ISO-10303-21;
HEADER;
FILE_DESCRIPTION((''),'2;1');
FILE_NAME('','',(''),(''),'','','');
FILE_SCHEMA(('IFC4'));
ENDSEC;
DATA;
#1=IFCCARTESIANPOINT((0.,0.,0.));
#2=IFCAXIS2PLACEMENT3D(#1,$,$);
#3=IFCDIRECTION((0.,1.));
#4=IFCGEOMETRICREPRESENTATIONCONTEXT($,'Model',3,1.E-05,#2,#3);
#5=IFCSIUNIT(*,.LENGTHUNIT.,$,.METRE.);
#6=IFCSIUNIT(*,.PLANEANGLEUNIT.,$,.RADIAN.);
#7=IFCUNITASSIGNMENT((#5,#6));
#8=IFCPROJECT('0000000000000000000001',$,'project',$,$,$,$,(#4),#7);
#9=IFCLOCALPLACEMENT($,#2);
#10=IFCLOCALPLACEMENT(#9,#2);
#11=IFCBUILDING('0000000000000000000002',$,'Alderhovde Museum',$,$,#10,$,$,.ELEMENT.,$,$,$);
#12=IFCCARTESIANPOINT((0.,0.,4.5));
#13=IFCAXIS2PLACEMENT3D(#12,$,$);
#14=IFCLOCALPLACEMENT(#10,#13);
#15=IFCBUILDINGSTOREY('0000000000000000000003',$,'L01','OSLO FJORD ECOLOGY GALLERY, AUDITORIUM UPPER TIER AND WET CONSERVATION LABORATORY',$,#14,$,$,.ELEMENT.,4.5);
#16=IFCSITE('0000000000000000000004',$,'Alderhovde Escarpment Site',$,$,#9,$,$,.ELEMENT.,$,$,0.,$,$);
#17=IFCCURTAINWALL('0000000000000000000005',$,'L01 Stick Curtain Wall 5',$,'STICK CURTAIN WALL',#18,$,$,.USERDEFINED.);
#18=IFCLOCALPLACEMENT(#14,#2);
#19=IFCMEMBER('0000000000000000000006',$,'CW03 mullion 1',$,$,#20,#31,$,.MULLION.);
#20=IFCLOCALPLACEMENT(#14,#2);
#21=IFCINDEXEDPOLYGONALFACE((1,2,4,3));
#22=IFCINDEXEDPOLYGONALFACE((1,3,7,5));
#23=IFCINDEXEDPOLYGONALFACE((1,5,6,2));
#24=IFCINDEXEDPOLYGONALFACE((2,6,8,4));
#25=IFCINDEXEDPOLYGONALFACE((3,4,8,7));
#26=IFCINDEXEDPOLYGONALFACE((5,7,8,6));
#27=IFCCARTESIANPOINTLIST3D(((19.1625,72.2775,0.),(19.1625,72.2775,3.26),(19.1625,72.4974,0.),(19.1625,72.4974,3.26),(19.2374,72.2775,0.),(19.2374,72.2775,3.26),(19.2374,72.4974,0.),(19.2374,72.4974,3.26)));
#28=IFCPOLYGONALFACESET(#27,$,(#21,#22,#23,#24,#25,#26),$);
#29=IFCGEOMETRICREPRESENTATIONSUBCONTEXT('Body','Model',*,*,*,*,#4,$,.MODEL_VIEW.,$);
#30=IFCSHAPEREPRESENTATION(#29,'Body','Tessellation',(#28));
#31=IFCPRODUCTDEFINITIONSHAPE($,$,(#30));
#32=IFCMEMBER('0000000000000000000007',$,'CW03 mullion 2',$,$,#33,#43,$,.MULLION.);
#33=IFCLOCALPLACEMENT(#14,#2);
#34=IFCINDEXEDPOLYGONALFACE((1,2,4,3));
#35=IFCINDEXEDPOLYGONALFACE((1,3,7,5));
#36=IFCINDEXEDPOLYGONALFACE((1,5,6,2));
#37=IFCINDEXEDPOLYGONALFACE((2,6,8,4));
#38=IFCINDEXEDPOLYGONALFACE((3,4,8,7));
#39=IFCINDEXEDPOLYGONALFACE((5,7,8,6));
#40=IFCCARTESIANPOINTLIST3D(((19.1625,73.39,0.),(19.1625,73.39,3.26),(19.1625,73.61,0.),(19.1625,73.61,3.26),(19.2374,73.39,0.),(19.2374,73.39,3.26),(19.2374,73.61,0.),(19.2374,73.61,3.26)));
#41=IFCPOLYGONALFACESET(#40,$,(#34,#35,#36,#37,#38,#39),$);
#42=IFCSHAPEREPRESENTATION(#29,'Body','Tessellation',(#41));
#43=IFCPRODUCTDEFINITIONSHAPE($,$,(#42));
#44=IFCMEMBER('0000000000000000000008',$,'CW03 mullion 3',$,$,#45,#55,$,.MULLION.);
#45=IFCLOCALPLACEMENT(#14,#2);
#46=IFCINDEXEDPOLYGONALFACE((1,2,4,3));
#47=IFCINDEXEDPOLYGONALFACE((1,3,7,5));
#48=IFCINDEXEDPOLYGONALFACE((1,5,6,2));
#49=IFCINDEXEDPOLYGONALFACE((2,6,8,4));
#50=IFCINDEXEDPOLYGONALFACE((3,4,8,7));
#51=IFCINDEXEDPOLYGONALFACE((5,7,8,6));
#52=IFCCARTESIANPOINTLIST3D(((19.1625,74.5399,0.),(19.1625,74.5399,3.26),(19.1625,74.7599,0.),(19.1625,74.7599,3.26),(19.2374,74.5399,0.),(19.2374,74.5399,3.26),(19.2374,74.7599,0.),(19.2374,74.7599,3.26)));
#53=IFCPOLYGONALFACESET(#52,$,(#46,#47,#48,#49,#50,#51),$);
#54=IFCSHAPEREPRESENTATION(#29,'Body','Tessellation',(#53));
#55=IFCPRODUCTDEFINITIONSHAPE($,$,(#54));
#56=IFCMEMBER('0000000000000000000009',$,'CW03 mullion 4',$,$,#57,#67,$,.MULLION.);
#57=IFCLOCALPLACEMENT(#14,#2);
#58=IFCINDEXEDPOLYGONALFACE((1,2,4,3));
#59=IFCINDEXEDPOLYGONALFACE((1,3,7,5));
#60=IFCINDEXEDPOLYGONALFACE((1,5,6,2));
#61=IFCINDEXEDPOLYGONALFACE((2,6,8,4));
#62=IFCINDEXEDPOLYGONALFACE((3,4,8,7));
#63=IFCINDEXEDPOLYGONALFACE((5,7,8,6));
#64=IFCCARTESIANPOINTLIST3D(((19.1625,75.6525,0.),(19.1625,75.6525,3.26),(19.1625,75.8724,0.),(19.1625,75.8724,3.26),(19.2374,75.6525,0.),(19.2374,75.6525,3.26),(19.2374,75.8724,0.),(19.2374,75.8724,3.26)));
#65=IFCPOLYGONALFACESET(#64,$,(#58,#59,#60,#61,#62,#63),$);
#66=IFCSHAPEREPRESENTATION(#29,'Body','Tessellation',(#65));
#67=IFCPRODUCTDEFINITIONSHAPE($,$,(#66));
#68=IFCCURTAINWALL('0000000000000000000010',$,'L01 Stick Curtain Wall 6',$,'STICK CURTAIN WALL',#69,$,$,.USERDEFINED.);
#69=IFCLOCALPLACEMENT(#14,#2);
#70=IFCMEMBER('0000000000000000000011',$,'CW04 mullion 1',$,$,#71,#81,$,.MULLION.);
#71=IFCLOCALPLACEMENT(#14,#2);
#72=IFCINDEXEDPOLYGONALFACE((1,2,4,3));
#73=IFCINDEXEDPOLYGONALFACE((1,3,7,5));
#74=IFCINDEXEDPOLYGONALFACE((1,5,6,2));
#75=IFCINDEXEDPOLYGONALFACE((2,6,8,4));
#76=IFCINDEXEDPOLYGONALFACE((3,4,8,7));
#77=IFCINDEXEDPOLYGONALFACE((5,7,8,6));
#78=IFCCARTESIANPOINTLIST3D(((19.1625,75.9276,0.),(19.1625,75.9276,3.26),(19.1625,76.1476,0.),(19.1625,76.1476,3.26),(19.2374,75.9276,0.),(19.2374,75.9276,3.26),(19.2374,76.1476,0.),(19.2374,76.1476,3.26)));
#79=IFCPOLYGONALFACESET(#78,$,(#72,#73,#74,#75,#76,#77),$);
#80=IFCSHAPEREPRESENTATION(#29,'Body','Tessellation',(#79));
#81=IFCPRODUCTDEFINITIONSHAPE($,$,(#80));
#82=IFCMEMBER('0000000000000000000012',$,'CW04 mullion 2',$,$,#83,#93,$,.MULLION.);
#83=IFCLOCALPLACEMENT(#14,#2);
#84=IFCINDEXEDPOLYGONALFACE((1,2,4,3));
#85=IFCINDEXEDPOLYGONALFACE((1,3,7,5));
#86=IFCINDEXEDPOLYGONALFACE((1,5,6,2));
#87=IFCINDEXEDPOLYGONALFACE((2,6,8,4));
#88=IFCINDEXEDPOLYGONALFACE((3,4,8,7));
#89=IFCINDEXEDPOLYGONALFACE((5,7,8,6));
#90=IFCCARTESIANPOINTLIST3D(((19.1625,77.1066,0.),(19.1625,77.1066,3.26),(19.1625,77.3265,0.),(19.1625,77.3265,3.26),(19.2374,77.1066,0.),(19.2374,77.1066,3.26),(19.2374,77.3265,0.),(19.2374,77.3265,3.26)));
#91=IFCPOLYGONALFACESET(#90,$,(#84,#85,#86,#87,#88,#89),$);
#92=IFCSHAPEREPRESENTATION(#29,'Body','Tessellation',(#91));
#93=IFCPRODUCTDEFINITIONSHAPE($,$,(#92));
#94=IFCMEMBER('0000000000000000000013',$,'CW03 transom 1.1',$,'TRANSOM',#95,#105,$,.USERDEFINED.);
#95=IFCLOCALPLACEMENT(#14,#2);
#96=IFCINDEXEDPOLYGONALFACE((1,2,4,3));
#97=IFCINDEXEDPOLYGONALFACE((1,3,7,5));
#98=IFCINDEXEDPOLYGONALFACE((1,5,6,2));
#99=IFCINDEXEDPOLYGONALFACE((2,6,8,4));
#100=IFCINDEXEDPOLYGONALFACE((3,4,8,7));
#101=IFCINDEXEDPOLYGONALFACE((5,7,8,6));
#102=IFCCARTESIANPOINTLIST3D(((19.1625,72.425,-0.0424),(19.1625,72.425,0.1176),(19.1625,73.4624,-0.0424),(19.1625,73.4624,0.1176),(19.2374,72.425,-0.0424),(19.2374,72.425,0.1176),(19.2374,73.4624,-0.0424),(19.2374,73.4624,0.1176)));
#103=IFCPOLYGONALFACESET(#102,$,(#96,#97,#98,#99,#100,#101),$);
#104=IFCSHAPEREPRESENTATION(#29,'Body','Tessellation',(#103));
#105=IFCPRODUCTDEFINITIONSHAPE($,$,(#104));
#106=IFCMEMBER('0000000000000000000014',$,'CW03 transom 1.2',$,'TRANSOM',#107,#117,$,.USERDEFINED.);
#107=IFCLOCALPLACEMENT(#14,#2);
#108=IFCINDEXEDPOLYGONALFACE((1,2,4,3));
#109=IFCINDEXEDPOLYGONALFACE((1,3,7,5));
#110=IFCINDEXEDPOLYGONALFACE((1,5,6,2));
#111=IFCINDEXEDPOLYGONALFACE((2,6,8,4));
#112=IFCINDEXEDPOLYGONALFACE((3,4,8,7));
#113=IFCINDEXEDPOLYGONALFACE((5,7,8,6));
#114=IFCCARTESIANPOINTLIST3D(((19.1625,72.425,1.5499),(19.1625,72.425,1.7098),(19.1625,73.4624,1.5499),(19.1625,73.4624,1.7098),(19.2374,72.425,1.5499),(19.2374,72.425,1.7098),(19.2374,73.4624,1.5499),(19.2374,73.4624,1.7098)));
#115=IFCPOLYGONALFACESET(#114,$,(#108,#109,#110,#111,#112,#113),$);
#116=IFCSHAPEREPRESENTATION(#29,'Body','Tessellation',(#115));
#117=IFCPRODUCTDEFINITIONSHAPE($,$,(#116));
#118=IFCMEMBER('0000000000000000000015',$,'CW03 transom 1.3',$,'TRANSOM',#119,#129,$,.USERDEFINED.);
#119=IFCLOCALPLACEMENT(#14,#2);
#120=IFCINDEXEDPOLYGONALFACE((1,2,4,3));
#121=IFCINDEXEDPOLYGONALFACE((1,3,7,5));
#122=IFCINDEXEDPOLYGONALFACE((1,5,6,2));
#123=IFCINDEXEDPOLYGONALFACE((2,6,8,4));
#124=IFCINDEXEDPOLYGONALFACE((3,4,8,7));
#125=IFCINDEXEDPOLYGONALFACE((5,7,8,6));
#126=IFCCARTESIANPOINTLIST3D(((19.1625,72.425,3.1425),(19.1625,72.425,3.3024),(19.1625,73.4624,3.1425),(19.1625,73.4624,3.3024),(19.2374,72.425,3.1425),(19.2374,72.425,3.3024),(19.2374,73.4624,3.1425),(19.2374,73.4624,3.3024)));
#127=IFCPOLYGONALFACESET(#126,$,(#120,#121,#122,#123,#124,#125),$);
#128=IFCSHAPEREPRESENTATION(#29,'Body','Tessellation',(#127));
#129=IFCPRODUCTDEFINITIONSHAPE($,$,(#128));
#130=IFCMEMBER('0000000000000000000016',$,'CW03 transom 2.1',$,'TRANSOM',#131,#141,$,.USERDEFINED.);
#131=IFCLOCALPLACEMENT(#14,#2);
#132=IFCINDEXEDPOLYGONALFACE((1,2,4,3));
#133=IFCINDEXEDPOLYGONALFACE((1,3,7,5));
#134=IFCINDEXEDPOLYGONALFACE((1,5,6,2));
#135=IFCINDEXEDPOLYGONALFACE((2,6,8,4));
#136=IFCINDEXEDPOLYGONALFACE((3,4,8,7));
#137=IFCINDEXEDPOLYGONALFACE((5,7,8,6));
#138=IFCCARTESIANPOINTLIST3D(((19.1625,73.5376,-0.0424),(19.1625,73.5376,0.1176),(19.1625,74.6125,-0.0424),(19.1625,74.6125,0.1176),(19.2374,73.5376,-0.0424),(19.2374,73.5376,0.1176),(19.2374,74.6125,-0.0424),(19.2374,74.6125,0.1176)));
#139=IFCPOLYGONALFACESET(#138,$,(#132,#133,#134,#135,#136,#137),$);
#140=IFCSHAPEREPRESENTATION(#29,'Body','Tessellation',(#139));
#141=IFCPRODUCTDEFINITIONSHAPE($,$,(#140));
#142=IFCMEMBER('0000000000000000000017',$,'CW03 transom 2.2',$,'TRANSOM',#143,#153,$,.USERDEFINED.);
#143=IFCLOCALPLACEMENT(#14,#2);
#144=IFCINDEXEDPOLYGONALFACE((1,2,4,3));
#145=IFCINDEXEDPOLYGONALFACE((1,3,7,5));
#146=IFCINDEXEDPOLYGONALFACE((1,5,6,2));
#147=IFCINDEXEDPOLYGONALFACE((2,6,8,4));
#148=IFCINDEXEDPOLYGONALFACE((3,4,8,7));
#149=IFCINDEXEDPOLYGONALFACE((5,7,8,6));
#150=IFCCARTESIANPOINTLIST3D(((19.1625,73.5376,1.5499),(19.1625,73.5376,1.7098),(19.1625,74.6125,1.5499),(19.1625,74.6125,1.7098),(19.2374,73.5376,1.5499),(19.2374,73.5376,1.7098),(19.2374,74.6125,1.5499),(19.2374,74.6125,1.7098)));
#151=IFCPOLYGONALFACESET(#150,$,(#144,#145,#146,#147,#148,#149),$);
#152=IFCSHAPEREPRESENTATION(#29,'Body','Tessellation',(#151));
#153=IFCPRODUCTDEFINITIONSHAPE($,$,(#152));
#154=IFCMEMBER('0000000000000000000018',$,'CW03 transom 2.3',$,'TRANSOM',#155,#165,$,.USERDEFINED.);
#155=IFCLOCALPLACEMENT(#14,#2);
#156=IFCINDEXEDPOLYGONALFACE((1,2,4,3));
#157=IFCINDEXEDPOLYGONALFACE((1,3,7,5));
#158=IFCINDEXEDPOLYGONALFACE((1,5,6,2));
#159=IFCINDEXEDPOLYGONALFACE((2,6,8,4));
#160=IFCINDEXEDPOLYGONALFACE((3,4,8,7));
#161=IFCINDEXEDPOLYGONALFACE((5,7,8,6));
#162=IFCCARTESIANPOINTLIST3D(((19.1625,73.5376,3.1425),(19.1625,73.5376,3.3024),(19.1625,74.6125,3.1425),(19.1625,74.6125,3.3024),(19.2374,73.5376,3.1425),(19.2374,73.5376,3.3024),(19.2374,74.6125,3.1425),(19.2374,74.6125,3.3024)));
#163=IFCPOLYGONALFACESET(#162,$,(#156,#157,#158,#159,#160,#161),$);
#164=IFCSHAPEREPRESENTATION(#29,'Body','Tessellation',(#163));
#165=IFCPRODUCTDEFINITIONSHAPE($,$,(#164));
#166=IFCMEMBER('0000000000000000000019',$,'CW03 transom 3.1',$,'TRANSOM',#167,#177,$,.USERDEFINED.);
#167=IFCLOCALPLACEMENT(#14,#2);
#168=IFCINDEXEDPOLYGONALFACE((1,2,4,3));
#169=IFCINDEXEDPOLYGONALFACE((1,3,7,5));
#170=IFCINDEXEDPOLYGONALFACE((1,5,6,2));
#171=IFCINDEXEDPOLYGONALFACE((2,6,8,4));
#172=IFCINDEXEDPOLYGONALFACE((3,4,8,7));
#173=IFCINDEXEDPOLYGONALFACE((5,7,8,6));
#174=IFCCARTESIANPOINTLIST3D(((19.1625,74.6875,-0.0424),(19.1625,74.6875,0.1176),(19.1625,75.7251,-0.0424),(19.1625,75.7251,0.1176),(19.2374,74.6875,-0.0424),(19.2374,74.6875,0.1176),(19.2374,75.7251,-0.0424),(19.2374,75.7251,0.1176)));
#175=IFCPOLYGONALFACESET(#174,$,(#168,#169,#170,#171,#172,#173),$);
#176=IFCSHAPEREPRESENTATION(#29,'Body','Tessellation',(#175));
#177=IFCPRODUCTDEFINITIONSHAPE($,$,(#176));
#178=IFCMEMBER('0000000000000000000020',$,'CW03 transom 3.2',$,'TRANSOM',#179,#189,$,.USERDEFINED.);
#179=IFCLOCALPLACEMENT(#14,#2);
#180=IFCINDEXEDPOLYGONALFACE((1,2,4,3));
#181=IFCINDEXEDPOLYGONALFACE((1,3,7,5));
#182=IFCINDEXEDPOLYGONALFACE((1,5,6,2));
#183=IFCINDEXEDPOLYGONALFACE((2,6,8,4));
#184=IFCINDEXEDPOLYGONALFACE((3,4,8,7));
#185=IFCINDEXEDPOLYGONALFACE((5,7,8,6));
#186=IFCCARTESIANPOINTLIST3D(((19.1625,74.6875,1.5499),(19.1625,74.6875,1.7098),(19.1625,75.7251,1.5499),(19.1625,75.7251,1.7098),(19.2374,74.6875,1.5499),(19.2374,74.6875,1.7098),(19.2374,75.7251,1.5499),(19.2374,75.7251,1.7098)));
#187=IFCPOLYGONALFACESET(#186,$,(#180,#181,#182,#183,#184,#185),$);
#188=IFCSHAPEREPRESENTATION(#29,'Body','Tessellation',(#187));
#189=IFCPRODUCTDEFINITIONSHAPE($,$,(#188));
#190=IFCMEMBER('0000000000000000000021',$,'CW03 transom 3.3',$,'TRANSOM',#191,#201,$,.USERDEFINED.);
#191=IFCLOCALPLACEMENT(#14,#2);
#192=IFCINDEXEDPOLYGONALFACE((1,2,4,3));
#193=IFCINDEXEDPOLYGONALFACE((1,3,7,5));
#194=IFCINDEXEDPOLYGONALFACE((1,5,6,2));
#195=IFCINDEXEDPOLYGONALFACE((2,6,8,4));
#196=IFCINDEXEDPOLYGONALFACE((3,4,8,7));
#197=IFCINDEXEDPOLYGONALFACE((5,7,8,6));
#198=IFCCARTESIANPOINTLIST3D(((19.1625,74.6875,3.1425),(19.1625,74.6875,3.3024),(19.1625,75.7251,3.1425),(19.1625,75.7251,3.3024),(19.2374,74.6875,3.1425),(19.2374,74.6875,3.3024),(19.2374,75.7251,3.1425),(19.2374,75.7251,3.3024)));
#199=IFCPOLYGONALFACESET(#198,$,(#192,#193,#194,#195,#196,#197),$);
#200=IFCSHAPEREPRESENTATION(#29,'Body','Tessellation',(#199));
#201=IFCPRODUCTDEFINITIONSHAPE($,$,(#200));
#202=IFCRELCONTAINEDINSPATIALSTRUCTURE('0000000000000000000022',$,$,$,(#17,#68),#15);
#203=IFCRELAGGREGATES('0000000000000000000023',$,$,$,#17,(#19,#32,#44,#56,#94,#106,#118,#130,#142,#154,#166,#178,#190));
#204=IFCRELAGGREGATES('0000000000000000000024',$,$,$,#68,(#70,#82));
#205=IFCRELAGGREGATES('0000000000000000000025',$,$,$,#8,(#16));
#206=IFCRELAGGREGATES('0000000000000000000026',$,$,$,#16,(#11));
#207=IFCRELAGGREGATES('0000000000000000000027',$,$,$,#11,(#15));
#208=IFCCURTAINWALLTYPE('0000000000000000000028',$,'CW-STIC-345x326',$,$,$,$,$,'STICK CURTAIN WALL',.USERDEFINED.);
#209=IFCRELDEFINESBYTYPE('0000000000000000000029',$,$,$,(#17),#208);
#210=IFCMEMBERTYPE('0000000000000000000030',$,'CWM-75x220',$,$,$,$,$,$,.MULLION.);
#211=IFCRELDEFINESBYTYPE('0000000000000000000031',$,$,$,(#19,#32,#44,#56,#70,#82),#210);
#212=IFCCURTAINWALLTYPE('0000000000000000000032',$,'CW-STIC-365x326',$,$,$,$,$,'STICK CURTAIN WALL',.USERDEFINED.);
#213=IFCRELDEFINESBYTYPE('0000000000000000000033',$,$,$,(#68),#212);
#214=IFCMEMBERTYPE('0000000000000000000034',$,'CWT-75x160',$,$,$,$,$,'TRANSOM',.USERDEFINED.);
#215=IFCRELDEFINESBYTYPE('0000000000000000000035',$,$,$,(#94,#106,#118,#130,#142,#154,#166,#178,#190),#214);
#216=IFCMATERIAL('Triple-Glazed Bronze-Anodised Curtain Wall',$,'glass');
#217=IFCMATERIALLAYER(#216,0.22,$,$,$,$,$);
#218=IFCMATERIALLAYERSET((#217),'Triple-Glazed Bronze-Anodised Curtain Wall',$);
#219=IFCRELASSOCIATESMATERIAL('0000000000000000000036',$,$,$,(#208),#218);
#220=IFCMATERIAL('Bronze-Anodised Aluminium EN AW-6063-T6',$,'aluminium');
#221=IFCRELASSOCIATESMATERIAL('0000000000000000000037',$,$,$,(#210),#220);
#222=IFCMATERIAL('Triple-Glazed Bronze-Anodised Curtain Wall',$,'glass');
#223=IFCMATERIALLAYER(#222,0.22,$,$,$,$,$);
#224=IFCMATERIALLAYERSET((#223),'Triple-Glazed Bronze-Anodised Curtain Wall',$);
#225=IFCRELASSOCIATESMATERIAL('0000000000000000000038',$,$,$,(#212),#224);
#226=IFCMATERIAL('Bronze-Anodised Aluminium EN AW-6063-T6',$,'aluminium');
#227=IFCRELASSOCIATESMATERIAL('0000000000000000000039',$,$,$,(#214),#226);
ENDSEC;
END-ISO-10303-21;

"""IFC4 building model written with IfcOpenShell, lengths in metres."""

from ifc_helpers import new_model, si_unit, direction, frame, origin, origin_2d, place, context, subcontext, project, spatial, rectangle, extrude, material, layer, layer_set, material_profile, profile_set, type_object, element, aggregate, save


model = new_model("IFC4")

# Units and contexts
model_context = context("Model", 3, precision=1e-05, world=origin(), true_north=direction((0.0, 1.0)))
body_context = subcontext(model_context, "Body", "Model", "MODEL_VIEW")
ifc_project = project(units=[si_unit("LENGTHUNIT", "METRE"), si_unit("PLANEANGLEUNIT", "RADIAN")], contexts=[model_context])

# Site, building, storey
site_placement = place(None, origin())
site = spatial("IfcSite", under=ifc_project, at=site_placement, Name="Alderhovde Escarpment Site", CompositionType="ELEMENT", RefElevation=0.0)
building_placement = place(site_placement, origin())
building = spatial("IfcBuilding", under=site, at=building_placement, Name="Alderhovde Museum", CompositionType="ELEMENT")
storey_placement = place(building_placement, frame((0.0, 0.0, 4.5)))
storey = spatial("IfcBuildingStorey", under=building, at=storey_placement, Name="L01", Description="OSLO FJORD ECOLOGY GALLERY, AUDITORIUM UPPER TIER AND WET CONSERVATION LABORATORY", CompositionType="ELEMENT", Elevation=4.5)

# Curtain walls, members
ifc_material_1 = material(Name="Triple-Glazed Bronze-Anodised Curtain Wall", Category="glass")
ifc_layer_1 = layer(ifc_material_1, 0.22)
ifc_layer_set_1 = layer_set([ifc_layer_1], Name="Triple-Glazed Bronze-Anodised Curtain Wall")
curtain_wall_type_1 = type_object("IfcCurtainWallType", Name="CW-STIC-345x326", ElementType="STICK CURTAIN WALL", PredefinedType="USERDEFINED", material=ifc_layer_set_1)
curtain_wall_1_placement = place(storey_placement, origin())
curtain_wall_1 = element("IfcCurtainWall", 1, at=curtain_wall_1_placement, inside=storey, type_object=curtain_wall_type_1, Name="L01 Stick Curtain Wall 5", ObjectType="STICK CURTAIN WALL", PredefinedType="USERDEFINED")
ifc_material_2 = material(Name="Bronze-Anodised Aluminium EN AW-6063-T6", Category="aluminium")
ifc_material_profile_1 = material_profile(ifc_material_2, rectangle(XDim=0.075, YDim=0.22, at=origin_2d()), Name="MULLION 75x220")
ifc_profile_set_1 = profile_set([ifc_material_profile_1], Name="Bronze-Anodised Aluminium EN AW-6063-T6")
member_type_1 = type_object("IfcMemberType", Name="CWM-75x220", PredefinedType="MULLION", material=ifc_profile_set_1)
member_1_placement = place(storey_placement, frame((19.2, 72.3875, 0.0), z_axis=(0.0, 0.0, 1.0), x_axis=(-1.0, 0.0, 0.0)))
member_1 = element("IfcMember", 2, at=member_1_placement, type_object=member_type_1, Name="CW03 mullion 1", PredefinedType="MULLION", context=body_context, shape_type="SweptSolid", body=[
    extrude(rectangle(XDim=0.075, YDim=0.22, at=origin_2d()), origin(), (0.0, 0.0, 1.0), 3.26),
])
member_2_placement = place(storey_placement, frame((19.2, 73.5, 0.0), z_axis=(0.0, 0.0, 1.0), x_axis=(-1.0, 0.0, 0.0)))
member_2 = element("IfcMember", 3, at=member_2_placement, type_object=member_type_1, Name="CW03 mullion 2", PredefinedType="MULLION", context=body_context, shape_type="SweptSolid", body=[
    extrude(rectangle(XDim=0.075, YDim=0.22, at=origin_2d()), origin(), (0.0, 0.0, 1.0), 3.26),
])
member_3_placement = place(storey_placement, frame((19.2, 74.6499, 0.0), z_axis=(0.0, 0.0, 1.0), x_axis=(-1.0, 0.0, 0.0)))
member_3 = element("IfcMember", 4, at=member_3_placement, type_object=member_type_1, Name="CW03 mullion 3", PredefinedType="MULLION", context=body_context, shape_type="SweptSolid", body=[
    extrude(rectangle(XDim=0.075, YDim=0.22, at=origin_2d()), origin(), (0.0, 0.0, 1.0), 3.26),
])
member_4_placement = place(storey_placement, frame((19.2, 75.7625, 0.0), z_axis=(0.0, 0.0, 1.0), x_axis=(-1.0, 0.0, 0.0)))
member_4 = element("IfcMember", 5, at=member_4_placement, type_object=member_type_1, Name="CW03 mullion 4", PredefinedType="MULLION", context=body_context, shape_type="SweptSolid", body=[
    extrude(rectangle(XDim=0.075, YDim=0.22, at=origin_2d()), origin(), (0.0, 0.0, 1.0), 3.26),
])
ifc_material_3 = material(Name="Triple-Glazed Bronze-Anodised Curtain Wall", Category="glass")
ifc_layer_2 = layer(ifc_material_3, 0.22)
ifc_layer_set_2 = layer_set([ifc_layer_2], Name="Triple-Glazed Bronze-Anodised Curtain Wall")
curtain_wall_type_2 = type_object("IfcCurtainWallType", Name="CW-STIC-365x326", ElementType="STICK CURTAIN WALL", PredefinedType="USERDEFINED", material=ifc_layer_set_2)
curtain_wall_2_placement = place(storey_placement, origin())
curtain_wall_2 = element("IfcCurtainWall", 6, at=curtain_wall_2_placement, inside=storey, type_object=curtain_wall_type_2, Name="L01 Stick Curtain Wall 6", ObjectType="STICK CURTAIN WALL", PredefinedType="USERDEFINED")
member_5_placement = place(storey_placement, frame((19.2, 76.0376, 0.0), z_axis=(0.0, 0.0, 1.0), x_axis=(-1.0, 0.0, 0.0)))
member_5 = element("IfcMember", 7, at=member_5_placement, type_object=member_type_1, Name="CW04 mullion 1", PredefinedType="MULLION", context=body_context, shape_type="SweptSolid", body=[
    extrude(rectangle(XDim=0.075, YDim=0.22, at=origin_2d()), origin(), (0.0, 0.0, 1.0), 3.26),
])
member_6_placement = place(storey_placement, frame((19.2, 77.2166, 0.0), z_axis=(0.0, 0.0, 1.0), x_axis=(-1.0, 0.0, 0.0)))
member_6 = element("IfcMember", 8, at=member_6_placement, type_object=member_type_1, Name="CW04 mullion 2", PredefinedType="MULLION", context=body_context, shape_type="SweptSolid", body=[
    extrude(rectangle(XDim=0.075, YDim=0.22, at=origin_2d()), origin(), (0.0, 0.0, 1.0), 3.26),
])

# Members
ifc_material_4 = material(Name="Bronze-Anodised Aluminium EN AW-6063-T6", Category="aluminium")
ifc_material_profile_2 = material_profile(ifc_material_4, rectangle(XDim=0.075, YDim=0.1599, at=origin_2d()), Name="TRANSOM 75x160")
ifc_profile_set_2 = profile_set([ifc_material_profile_2], Name="Bronze-Anodised Aluminium EN AW-6063-T6")
member_type_2 = type_object("IfcMemberType", Name="CWT-75x160", ElementType="TRANSOM", PredefinedType="USERDEFINED", material=ifc_profile_set_2)
member_7_placement = place(storey_placement, frame((19.2, 72.425, 0.0376), z_axis=(0.0, 1.0, 0.0), x_axis=(-1.0, 0.0, 0.0)))
member_7 = element("IfcMember", 9, at=member_7_placement, type_object=member_type_2, Name="CW03 transom 1.1", ObjectType="TRANSOM", PredefinedType="USERDEFINED", context=body_context, shape_type="SweptSolid", body=[
    extrude(rectangle(XDim=0.075, YDim=0.1599, at=origin_2d()), origin(), (0.0, 0.0, 1.0), 1.0374),
])
member_8_placement = place(storey_placement, frame((19.2, 72.425, 1.6299), z_axis=(0.0, 1.0, 0.0), x_axis=(-1.0, 0.0, 0.0)))
member_8 = element("IfcMember", 10, at=member_8_placement, type_object=member_type_2, Name="CW03 transom 1.2", ObjectType="TRANSOM", PredefinedType="USERDEFINED", context=body_context, shape_type="SweptSolid", body=[
    extrude(rectangle(XDim=0.075, YDim=0.1599, at=origin_2d()), origin(), (0.0, 0.0, 1.0), 1.0374),
])
member_9_placement = place(storey_placement, frame((19.2, 72.425, 3.2224), z_axis=(0.0, 1.0, 0.0), x_axis=(-1.0, 0.0, 0.0)))
member_9 = element("IfcMember", 11, at=member_9_placement, type_object=member_type_2, Name="CW03 transom 1.3", ObjectType="TRANSOM", PredefinedType="USERDEFINED", context=body_context, shape_type="SweptSolid", body=[
    extrude(rectangle(XDim=0.075, YDim=0.1599, at=origin_2d()), origin(), (0.0, 0.0, 1.0), 1.0374),
])
member_10_placement = place(storey_placement, frame((19.2, 73.5376, 0.0376), z_axis=(0.0, 1.0, 0.0), x_axis=(-1.0, 0.0, 0.0)))
member_10 = element("IfcMember", 12, at=member_10_placement, type_object=member_type_2, Name="CW03 transom 2.1", ObjectType="TRANSOM", PredefinedType="USERDEFINED", context=body_context, shape_type="SweptSolid", body=[
    extrude(rectangle(XDim=0.075, YDim=0.1599, at=origin_2d()), origin(), (0.0, 0.0, 1.0), 1.075),
])
member_11_placement = place(storey_placement, frame((19.2, 73.5376, 1.6299), z_axis=(0.0, 1.0, 0.0), x_axis=(-1.0, 0.0, 0.0)))
member_11 = element("IfcMember", 13, at=member_11_placement, type_object=member_type_2, Name="CW03 transom 2.2", ObjectType="TRANSOM", PredefinedType="USERDEFINED", context=body_context, shape_type="SweptSolid", body=[
    extrude(rectangle(XDim=0.075, YDim=0.1599, at=origin_2d()), origin(), (0.0, 0.0, 1.0), 1.075),
])
member_12_placement = place(storey_placement, frame((19.2, 73.5376, 3.2224), z_axis=(0.0, 1.0, 0.0), x_axis=(-1.0, 0.0, 0.0)))
member_12 = element("IfcMember", 14, at=member_12_placement, type_object=member_type_2, Name="CW03 transom 2.3", ObjectType="TRANSOM", PredefinedType="USERDEFINED", context=body_context, shape_type="SweptSolid", body=[
    extrude(rectangle(XDim=0.075, YDim=0.1599, at=origin_2d()), origin(), (0.0, 0.0, 1.0), 1.075),
])
member_13_placement = place(storey_placement, frame((19.2, 74.6875, 0.0376), z_axis=(0.0, 1.0, 0.0), x_axis=(-1.0, 0.0, 0.0)))
member_13 = element("IfcMember", 15, at=member_13_placement, type_object=member_type_2, Name="CW03 transom 3.1", ObjectType="TRANSOM", PredefinedType="USERDEFINED", context=body_context, shape_type="SweptSolid", body=[
    extrude(rectangle(XDim=0.075, YDim=0.1599, at=origin_2d()), origin(), (0.0, 0.0, 1.0), 1.0376),
])
member_14_placement = place(storey_placement, frame((19.2, 74.6875, 1.6299), z_axis=(0.0, 1.0, 0.0), x_axis=(-1.0, 0.0, 0.0)))
member_14 = element("IfcMember", 16, at=member_14_placement, type_object=member_type_2, Name="CW03 transom 3.2", ObjectType="TRANSOM", PredefinedType="USERDEFINED", context=body_context, shape_type="SweptSolid", body=[
    extrude(rectangle(XDim=0.075, YDim=0.1599, at=origin_2d()), origin(), (0.0, 0.0, 1.0), 1.0376),
])
member_15_placement = place(storey_placement, frame((19.2, 74.6875, 3.2224), z_axis=(0.0, 1.0, 0.0), x_axis=(-1.0, 0.0, 0.0)))
member_15 = element("IfcMember", 17, at=member_15_placement, type_object=member_type_2, Name="CW03 transom 3.3", ObjectType="TRANSOM", PredefinedType="USERDEFINED", context=body_context, shape_type="SweptSolid", body=[
    extrude(rectangle(XDim=0.075, YDim=0.1599, at=origin_2d()), origin(), (0.0, 0.0, 1.0), 1.0376),
])

aggregate(curtain_wall_1, [member_1, member_2, member_3, member_4, member_7, member_8, member_9, member_10, member_11, member_12, member_13, member_14, member_15])
aggregate(curtain_wall_2, [member_5, member_6])

save(model, "model.ifc")
